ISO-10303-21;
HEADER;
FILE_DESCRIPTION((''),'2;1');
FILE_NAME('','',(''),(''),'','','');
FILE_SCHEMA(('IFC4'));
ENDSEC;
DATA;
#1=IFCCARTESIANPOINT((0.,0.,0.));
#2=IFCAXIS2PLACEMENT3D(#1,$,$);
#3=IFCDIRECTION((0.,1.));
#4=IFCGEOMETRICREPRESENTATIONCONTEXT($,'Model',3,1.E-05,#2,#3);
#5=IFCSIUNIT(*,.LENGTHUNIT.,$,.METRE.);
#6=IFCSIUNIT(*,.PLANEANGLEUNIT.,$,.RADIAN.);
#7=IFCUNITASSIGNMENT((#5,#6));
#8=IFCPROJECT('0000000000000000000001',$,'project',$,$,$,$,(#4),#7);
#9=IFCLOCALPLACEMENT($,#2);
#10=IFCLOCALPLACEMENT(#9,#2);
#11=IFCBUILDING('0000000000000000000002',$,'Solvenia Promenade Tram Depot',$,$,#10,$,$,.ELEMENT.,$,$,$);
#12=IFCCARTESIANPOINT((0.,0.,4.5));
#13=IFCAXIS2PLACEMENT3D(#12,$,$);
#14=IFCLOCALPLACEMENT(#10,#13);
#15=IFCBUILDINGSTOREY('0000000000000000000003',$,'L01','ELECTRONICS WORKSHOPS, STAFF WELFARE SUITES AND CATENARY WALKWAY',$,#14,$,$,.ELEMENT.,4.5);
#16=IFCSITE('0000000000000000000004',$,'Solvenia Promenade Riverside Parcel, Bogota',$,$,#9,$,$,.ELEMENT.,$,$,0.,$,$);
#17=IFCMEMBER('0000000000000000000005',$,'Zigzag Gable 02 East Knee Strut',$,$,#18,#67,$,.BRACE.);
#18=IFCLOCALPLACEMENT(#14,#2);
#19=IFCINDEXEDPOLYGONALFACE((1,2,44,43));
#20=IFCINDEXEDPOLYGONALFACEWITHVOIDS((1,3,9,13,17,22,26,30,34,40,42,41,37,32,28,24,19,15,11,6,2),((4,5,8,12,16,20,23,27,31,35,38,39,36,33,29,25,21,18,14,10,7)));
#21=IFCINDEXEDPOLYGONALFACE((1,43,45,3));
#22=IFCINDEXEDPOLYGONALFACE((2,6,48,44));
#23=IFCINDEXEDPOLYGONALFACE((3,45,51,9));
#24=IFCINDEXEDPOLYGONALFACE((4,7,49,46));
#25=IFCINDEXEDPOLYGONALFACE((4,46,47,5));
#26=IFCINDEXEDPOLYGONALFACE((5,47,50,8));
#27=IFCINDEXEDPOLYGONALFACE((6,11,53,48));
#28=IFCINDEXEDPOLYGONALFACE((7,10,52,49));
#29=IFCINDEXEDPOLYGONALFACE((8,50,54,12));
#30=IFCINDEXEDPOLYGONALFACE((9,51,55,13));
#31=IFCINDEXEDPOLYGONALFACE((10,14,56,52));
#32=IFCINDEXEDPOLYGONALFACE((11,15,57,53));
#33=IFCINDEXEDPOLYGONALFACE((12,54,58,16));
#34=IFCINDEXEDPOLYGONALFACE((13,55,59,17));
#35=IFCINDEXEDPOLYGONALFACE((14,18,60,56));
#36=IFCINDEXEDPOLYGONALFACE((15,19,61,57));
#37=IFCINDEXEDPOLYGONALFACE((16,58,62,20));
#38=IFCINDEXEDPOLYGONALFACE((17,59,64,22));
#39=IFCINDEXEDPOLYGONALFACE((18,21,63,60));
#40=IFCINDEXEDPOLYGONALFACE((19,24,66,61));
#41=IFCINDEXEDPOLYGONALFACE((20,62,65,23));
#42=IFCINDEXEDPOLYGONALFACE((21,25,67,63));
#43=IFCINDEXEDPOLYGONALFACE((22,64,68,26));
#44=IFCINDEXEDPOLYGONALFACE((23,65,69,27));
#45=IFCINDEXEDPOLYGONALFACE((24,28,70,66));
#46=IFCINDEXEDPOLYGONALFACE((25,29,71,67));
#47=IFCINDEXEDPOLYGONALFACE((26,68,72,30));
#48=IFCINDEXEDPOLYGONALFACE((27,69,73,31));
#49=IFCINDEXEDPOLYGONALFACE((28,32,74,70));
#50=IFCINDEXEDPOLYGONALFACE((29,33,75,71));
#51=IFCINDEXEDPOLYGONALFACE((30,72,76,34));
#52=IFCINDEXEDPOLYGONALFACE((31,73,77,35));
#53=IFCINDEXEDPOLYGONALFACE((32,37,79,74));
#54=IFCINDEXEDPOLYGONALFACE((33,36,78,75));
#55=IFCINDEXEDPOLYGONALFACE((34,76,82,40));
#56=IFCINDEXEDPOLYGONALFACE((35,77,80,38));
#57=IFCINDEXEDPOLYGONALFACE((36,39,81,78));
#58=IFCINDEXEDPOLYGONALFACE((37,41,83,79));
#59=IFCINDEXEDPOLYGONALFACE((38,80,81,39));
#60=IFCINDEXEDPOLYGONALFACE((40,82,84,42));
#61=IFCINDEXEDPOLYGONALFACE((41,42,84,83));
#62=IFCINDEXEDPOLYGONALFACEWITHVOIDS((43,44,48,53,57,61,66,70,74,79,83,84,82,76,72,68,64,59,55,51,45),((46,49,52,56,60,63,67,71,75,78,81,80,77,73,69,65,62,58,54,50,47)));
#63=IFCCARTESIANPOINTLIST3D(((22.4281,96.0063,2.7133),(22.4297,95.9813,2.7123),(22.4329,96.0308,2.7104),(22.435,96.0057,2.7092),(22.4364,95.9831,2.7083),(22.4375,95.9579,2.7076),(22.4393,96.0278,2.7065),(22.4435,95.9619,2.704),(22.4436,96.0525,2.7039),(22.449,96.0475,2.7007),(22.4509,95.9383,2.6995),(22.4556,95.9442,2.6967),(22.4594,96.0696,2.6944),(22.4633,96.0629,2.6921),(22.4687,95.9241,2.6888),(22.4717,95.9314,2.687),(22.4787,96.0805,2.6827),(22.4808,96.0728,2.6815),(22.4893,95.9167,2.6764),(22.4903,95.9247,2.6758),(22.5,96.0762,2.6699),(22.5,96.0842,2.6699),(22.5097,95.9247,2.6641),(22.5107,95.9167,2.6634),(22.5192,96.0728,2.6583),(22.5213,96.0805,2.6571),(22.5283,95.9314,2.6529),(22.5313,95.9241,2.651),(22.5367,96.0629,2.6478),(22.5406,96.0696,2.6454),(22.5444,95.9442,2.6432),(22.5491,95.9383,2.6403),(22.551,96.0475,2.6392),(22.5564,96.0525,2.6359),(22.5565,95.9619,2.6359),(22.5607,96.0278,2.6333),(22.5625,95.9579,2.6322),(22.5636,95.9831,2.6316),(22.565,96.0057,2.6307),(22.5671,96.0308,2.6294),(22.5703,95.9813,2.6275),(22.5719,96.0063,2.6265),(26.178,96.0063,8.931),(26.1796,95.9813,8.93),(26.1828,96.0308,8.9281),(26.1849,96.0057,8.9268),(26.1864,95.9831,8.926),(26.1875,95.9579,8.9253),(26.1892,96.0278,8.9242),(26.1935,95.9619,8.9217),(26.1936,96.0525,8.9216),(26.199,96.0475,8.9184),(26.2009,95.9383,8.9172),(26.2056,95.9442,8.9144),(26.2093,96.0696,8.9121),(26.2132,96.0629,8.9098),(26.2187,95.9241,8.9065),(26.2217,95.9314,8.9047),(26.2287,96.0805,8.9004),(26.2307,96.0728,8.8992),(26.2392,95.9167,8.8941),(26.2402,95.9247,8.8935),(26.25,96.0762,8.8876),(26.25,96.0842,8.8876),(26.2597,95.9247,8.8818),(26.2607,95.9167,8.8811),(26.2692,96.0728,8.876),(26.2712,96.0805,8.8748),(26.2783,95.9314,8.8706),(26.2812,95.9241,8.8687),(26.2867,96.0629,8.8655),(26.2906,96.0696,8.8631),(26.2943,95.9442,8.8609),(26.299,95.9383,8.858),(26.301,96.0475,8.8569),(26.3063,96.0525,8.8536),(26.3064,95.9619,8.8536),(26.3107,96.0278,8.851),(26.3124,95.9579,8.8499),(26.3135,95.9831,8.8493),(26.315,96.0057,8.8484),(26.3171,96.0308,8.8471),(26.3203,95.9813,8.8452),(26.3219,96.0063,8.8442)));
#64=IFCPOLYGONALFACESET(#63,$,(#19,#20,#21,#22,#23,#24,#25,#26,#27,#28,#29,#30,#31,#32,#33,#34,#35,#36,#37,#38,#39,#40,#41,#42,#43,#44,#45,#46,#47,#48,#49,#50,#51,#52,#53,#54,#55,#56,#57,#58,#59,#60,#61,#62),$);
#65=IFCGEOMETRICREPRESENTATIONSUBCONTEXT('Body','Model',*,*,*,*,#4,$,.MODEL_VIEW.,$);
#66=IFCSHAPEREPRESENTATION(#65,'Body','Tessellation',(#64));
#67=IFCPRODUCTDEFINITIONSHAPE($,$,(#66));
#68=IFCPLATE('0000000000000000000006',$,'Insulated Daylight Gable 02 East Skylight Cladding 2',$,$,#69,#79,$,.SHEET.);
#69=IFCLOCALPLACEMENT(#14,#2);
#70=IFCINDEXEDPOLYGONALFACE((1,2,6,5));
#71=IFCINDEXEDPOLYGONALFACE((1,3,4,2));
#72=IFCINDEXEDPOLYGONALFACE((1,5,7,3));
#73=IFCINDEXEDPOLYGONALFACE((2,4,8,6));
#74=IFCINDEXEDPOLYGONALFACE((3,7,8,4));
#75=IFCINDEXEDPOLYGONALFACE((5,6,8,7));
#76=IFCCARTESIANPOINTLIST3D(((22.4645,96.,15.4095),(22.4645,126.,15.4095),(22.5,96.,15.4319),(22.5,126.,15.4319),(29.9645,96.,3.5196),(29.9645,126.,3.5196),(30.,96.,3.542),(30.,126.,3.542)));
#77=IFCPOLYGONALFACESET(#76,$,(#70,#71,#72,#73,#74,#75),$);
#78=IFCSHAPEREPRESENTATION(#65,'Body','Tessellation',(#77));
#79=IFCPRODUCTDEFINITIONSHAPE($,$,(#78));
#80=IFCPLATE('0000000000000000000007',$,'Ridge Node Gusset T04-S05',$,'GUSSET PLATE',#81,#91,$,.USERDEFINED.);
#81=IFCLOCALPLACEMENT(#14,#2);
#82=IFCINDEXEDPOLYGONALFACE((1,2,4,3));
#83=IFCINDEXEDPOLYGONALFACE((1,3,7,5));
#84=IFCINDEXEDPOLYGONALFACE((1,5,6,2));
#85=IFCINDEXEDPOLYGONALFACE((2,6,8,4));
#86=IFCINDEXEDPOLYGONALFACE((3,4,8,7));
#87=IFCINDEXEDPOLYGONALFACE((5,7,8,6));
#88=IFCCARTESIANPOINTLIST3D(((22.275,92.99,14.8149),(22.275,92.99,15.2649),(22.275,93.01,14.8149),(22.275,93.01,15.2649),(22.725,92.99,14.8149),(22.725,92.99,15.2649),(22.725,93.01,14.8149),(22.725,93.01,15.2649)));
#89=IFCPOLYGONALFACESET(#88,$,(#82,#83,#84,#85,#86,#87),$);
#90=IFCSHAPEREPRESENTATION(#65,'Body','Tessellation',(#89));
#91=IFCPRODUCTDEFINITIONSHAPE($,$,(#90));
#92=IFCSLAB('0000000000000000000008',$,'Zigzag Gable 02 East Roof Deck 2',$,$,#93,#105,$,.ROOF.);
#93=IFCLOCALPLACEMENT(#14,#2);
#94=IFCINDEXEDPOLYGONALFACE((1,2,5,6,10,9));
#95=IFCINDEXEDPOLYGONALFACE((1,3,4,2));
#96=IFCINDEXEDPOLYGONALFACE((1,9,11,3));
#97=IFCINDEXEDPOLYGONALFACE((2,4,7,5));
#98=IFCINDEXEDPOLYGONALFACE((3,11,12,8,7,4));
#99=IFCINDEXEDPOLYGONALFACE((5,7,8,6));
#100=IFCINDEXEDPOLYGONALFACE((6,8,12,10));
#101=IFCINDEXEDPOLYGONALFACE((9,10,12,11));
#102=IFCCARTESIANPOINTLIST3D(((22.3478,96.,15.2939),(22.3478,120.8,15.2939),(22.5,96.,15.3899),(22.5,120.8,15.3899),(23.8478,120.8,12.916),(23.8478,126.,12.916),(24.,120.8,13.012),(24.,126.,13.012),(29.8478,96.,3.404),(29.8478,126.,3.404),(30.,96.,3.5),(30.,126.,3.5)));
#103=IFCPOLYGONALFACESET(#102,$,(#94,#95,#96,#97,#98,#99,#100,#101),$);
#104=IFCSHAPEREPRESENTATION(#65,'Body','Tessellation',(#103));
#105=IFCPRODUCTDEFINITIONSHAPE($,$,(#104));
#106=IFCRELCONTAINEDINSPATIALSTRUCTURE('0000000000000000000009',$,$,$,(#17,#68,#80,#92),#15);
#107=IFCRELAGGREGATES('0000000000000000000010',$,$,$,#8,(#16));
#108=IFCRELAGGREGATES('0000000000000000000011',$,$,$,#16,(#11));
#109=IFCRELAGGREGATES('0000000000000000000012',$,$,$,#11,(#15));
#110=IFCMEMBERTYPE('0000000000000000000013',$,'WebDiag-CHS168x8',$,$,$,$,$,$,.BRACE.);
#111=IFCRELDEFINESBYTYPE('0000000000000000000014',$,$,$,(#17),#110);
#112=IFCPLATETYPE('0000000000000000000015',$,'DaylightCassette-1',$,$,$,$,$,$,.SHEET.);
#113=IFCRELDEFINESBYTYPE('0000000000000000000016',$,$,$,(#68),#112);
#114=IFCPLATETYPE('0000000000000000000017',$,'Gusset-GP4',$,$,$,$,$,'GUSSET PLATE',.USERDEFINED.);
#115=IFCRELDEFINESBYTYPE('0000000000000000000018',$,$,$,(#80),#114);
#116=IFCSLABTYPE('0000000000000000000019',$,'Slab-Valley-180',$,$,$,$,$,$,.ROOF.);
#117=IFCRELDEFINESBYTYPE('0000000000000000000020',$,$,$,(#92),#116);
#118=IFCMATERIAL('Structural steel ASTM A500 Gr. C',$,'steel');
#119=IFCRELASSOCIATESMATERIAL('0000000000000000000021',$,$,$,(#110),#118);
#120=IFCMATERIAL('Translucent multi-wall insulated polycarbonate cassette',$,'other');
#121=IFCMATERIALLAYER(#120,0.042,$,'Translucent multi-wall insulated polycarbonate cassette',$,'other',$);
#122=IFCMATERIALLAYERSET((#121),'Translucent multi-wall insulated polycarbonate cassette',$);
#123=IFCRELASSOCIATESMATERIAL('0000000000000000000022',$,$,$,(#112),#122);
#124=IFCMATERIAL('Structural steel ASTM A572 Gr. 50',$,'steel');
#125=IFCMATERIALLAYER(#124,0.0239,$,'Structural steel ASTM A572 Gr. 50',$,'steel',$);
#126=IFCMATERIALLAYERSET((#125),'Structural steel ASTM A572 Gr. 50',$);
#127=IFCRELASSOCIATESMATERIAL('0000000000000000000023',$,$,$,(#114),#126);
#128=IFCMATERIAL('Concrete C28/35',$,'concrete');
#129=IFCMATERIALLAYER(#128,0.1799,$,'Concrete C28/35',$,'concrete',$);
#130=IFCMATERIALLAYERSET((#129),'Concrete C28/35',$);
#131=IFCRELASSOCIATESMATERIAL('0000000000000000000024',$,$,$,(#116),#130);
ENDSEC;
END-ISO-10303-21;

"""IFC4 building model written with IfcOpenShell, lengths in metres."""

from ifc_helpers import new_model, si_unit, direction, frame, origin, origin_2d, place, context, subcontext, project, spatial, polyline, rectangle, hollow_circle, outline, extrude, material, layer, layer_set, material_profile, profile_set, type_object, element, save


model = new_model("IFC4")

# Units and contexts
model_context = context("Model", 3, precision=1e-05, world=origin(), true_north=direction((0.0, 1.0)))
body_context = subcontext(model_context, "Body", "Model", "MODEL_VIEW")
ifc_project = project(units=[si_unit("LENGTHUNIT", "METRE"), si_unit("PLANEANGLEUNIT", "RADIAN")], contexts=[model_context])

# Site, building, storey
site_placement = place(None, origin())
site = spatial("IfcSite", under=ifc_project, at=site_placement, Name="Solvenia Promenade Riverside Parcel, Bogota", CompositionType="ELEMENT", RefElevation=0.0)
building_placement = place(site_placement, origin())
building = spatial("IfcBuilding", under=site, at=building_placement, Name="Solvenia Promenade Tram Depot", CompositionType="ELEMENT")
storey_placement = place(building_placement, frame((0.0, 0.0, 4.5)))
storey = spatial("IfcBuildingStorey", under=building, at=storey_placement, Name="L01", Description="ELECTRONICS WORKSHOPS, STAFF WELFARE SUITES AND CATENARY WALKWAY", CompositionType="ELEMENT", Elevation=4.5)

# Shared definitions
ifc_material_1 = material(Name="Structural steel ASTM A500 Gr. C", Category="steel")

# Member
ifc_material_profile_1 = material_profile(ifc_material_1, hollow_circle(Radius=0.0842, WallThickness=0.0081, at=origin_2d()), Name="CHS168.3x8", Category="steel")
ifc_profile_set_1 = profile_set([ifc_material_profile_1], Name="Structural steel ASTM A500 Gr. C")
member_type_1 = type_object("IfcMemberType", Name="WebDiag-CHS168x8", PredefinedType="BRACE", material=ifc_profile_set_1)
for number, where, z_axis, x_axis, name in (
    (1, (22.5, 96.0, 2.6699), (0.516452, 0.0, 0.856316), (0.0, 1.0, 0.0), "Zigzag Gable 02 East Knee Strut"),
):
    element("IfcMember", number, at=place(storey_placement, frame(where, z_axis=z_axis, x_axis=x_axis)), inside=storey, type_object=member_type_1, Name=name, PredefinedType="BRACE", context=body_context, shape_type="SweptSolid", body=[
        extrude(hollow_circle(Radius=0.0842, WallThickness=0.0081, at=origin_2d()), origin(), (0.0, 0.0, 1.0), 7.261),
    ])

# Plates
ifc_material_2 = material(Name="Translucent multi-wall insulated polycarbonate cassette", Category="other")
ifc_layer_1 = layer(ifc_material_2, 0.042, Name="Translucent multi-wall insulated polycarbonate cassette", Category="other")
ifc_layer_set_1 = layer_set([ifc_layer_1], Name="Translucent multi-wall insulated polycarbonate cassette")
plate_type_1 = type_object("IfcPlateType", Name="DaylightCassette-1", PredefinedType="SHEET", material=ifc_layer_set_1)
plate_1_placement = place(storey_placement, frame((22.5, 96.0, 15.4319), z_axis=(0.845791, 0.0, 0.533515), x_axis=(0.0, 1.0, 0.0)))
element("IfcPlate", 2, at=plate_1_placement, inside=storey, type_object=plate_type_1, Name="Insulated Daylight Gable 02 East Skylight Cladding 2", PredefinedType="SHEET", context=body_context, shape_type="SweptSolid", body=[
    extrude(outline(polyline([(0.0, 0.0), (30.0, 0.0), (30.0, -14.0577), (0.0, -14.0577), (0.0, 0.0)])), origin(), (0.0, 0.0, -1.0), 0.042),
])
ifc_material_3 = material(Name="Structural steel ASTM A572 Gr. 50", Category="steel")
ifc_layer_2 = layer(ifc_material_3, 0.0239, Name="Structural steel ASTM A572 Gr. 50", Category="steel")
ifc_layer_set_2 = layer_set([ifc_layer_2], Name="Structural steel ASTM A572 Gr. 50")
plate_type_2 = type_object("IfcPlateType", Name="Gusset-GP4", ElementType="GUSSET PLATE", PredefinedType="USERDEFINED", material=ifc_layer_set_2)
plate_2_placement = place(storey_placement, frame((22.5, 93.0, 14.8149), z_axis=(0.0, 0.0, 1.0), x_axis=(1.0, 0.0, 0.0)))
element("IfcPlate", 3, at=plate_2_placement, inside=storey, type_object=plate_type_2, Name="Ridge Node Gusset T04-S05", ObjectType="GUSSET PLATE", PredefinedType="USERDEFINED", context=body_context, shape_type="SweptSolid", body=[
    extrude(rectangle(XDim=0.45, YDim=0.02, at=origin_2d()), origin(), (0.0, 0.0, 1.0), 0.45),
])

# Slab
ifc_material_4 = material(Name="Concrete C28/35", Category="concrete")
ifc_layer_3 = layer(ifc_material_4, 0.1799, Name="Concrete C28/35", Category="concrete")
ifc_layer_set_3 = layer_set([ifc_layer_3], Name="Concrete C28/35")
slab_type = type_object("IfcSlabType", Name="Slab-Valley-180", PredefinedType="ROOF", material=ifc_layer_set_3)
slab_placement = place(storey_placement, frame((22.5, 96.0, 15.3899), z_axis=(0.845791, 0.0, 0.533514), x_axis=(0.0, 1.0, 0.0)))
element("IfcSlab", 4, at=slab_placement, inside=storey, type_object=slab_type, Name="Zigzag Gable 02 East Roof Deck 2", PredefinedType="ROOF", context=body_context, shape_type="SweptSolid", body=[
    extrude(outline(polyline([(0.0, 0.0), (24.8, 0.0), (24.8, -2.8115), (30.0, -2.8115), (30.0, -14.0577), (0.0, -14.0577), (0.0, 0.0)])), origin(), (0.0, 0.0, -1.0), 0.1799),
])

save(model, "model.ifc")
